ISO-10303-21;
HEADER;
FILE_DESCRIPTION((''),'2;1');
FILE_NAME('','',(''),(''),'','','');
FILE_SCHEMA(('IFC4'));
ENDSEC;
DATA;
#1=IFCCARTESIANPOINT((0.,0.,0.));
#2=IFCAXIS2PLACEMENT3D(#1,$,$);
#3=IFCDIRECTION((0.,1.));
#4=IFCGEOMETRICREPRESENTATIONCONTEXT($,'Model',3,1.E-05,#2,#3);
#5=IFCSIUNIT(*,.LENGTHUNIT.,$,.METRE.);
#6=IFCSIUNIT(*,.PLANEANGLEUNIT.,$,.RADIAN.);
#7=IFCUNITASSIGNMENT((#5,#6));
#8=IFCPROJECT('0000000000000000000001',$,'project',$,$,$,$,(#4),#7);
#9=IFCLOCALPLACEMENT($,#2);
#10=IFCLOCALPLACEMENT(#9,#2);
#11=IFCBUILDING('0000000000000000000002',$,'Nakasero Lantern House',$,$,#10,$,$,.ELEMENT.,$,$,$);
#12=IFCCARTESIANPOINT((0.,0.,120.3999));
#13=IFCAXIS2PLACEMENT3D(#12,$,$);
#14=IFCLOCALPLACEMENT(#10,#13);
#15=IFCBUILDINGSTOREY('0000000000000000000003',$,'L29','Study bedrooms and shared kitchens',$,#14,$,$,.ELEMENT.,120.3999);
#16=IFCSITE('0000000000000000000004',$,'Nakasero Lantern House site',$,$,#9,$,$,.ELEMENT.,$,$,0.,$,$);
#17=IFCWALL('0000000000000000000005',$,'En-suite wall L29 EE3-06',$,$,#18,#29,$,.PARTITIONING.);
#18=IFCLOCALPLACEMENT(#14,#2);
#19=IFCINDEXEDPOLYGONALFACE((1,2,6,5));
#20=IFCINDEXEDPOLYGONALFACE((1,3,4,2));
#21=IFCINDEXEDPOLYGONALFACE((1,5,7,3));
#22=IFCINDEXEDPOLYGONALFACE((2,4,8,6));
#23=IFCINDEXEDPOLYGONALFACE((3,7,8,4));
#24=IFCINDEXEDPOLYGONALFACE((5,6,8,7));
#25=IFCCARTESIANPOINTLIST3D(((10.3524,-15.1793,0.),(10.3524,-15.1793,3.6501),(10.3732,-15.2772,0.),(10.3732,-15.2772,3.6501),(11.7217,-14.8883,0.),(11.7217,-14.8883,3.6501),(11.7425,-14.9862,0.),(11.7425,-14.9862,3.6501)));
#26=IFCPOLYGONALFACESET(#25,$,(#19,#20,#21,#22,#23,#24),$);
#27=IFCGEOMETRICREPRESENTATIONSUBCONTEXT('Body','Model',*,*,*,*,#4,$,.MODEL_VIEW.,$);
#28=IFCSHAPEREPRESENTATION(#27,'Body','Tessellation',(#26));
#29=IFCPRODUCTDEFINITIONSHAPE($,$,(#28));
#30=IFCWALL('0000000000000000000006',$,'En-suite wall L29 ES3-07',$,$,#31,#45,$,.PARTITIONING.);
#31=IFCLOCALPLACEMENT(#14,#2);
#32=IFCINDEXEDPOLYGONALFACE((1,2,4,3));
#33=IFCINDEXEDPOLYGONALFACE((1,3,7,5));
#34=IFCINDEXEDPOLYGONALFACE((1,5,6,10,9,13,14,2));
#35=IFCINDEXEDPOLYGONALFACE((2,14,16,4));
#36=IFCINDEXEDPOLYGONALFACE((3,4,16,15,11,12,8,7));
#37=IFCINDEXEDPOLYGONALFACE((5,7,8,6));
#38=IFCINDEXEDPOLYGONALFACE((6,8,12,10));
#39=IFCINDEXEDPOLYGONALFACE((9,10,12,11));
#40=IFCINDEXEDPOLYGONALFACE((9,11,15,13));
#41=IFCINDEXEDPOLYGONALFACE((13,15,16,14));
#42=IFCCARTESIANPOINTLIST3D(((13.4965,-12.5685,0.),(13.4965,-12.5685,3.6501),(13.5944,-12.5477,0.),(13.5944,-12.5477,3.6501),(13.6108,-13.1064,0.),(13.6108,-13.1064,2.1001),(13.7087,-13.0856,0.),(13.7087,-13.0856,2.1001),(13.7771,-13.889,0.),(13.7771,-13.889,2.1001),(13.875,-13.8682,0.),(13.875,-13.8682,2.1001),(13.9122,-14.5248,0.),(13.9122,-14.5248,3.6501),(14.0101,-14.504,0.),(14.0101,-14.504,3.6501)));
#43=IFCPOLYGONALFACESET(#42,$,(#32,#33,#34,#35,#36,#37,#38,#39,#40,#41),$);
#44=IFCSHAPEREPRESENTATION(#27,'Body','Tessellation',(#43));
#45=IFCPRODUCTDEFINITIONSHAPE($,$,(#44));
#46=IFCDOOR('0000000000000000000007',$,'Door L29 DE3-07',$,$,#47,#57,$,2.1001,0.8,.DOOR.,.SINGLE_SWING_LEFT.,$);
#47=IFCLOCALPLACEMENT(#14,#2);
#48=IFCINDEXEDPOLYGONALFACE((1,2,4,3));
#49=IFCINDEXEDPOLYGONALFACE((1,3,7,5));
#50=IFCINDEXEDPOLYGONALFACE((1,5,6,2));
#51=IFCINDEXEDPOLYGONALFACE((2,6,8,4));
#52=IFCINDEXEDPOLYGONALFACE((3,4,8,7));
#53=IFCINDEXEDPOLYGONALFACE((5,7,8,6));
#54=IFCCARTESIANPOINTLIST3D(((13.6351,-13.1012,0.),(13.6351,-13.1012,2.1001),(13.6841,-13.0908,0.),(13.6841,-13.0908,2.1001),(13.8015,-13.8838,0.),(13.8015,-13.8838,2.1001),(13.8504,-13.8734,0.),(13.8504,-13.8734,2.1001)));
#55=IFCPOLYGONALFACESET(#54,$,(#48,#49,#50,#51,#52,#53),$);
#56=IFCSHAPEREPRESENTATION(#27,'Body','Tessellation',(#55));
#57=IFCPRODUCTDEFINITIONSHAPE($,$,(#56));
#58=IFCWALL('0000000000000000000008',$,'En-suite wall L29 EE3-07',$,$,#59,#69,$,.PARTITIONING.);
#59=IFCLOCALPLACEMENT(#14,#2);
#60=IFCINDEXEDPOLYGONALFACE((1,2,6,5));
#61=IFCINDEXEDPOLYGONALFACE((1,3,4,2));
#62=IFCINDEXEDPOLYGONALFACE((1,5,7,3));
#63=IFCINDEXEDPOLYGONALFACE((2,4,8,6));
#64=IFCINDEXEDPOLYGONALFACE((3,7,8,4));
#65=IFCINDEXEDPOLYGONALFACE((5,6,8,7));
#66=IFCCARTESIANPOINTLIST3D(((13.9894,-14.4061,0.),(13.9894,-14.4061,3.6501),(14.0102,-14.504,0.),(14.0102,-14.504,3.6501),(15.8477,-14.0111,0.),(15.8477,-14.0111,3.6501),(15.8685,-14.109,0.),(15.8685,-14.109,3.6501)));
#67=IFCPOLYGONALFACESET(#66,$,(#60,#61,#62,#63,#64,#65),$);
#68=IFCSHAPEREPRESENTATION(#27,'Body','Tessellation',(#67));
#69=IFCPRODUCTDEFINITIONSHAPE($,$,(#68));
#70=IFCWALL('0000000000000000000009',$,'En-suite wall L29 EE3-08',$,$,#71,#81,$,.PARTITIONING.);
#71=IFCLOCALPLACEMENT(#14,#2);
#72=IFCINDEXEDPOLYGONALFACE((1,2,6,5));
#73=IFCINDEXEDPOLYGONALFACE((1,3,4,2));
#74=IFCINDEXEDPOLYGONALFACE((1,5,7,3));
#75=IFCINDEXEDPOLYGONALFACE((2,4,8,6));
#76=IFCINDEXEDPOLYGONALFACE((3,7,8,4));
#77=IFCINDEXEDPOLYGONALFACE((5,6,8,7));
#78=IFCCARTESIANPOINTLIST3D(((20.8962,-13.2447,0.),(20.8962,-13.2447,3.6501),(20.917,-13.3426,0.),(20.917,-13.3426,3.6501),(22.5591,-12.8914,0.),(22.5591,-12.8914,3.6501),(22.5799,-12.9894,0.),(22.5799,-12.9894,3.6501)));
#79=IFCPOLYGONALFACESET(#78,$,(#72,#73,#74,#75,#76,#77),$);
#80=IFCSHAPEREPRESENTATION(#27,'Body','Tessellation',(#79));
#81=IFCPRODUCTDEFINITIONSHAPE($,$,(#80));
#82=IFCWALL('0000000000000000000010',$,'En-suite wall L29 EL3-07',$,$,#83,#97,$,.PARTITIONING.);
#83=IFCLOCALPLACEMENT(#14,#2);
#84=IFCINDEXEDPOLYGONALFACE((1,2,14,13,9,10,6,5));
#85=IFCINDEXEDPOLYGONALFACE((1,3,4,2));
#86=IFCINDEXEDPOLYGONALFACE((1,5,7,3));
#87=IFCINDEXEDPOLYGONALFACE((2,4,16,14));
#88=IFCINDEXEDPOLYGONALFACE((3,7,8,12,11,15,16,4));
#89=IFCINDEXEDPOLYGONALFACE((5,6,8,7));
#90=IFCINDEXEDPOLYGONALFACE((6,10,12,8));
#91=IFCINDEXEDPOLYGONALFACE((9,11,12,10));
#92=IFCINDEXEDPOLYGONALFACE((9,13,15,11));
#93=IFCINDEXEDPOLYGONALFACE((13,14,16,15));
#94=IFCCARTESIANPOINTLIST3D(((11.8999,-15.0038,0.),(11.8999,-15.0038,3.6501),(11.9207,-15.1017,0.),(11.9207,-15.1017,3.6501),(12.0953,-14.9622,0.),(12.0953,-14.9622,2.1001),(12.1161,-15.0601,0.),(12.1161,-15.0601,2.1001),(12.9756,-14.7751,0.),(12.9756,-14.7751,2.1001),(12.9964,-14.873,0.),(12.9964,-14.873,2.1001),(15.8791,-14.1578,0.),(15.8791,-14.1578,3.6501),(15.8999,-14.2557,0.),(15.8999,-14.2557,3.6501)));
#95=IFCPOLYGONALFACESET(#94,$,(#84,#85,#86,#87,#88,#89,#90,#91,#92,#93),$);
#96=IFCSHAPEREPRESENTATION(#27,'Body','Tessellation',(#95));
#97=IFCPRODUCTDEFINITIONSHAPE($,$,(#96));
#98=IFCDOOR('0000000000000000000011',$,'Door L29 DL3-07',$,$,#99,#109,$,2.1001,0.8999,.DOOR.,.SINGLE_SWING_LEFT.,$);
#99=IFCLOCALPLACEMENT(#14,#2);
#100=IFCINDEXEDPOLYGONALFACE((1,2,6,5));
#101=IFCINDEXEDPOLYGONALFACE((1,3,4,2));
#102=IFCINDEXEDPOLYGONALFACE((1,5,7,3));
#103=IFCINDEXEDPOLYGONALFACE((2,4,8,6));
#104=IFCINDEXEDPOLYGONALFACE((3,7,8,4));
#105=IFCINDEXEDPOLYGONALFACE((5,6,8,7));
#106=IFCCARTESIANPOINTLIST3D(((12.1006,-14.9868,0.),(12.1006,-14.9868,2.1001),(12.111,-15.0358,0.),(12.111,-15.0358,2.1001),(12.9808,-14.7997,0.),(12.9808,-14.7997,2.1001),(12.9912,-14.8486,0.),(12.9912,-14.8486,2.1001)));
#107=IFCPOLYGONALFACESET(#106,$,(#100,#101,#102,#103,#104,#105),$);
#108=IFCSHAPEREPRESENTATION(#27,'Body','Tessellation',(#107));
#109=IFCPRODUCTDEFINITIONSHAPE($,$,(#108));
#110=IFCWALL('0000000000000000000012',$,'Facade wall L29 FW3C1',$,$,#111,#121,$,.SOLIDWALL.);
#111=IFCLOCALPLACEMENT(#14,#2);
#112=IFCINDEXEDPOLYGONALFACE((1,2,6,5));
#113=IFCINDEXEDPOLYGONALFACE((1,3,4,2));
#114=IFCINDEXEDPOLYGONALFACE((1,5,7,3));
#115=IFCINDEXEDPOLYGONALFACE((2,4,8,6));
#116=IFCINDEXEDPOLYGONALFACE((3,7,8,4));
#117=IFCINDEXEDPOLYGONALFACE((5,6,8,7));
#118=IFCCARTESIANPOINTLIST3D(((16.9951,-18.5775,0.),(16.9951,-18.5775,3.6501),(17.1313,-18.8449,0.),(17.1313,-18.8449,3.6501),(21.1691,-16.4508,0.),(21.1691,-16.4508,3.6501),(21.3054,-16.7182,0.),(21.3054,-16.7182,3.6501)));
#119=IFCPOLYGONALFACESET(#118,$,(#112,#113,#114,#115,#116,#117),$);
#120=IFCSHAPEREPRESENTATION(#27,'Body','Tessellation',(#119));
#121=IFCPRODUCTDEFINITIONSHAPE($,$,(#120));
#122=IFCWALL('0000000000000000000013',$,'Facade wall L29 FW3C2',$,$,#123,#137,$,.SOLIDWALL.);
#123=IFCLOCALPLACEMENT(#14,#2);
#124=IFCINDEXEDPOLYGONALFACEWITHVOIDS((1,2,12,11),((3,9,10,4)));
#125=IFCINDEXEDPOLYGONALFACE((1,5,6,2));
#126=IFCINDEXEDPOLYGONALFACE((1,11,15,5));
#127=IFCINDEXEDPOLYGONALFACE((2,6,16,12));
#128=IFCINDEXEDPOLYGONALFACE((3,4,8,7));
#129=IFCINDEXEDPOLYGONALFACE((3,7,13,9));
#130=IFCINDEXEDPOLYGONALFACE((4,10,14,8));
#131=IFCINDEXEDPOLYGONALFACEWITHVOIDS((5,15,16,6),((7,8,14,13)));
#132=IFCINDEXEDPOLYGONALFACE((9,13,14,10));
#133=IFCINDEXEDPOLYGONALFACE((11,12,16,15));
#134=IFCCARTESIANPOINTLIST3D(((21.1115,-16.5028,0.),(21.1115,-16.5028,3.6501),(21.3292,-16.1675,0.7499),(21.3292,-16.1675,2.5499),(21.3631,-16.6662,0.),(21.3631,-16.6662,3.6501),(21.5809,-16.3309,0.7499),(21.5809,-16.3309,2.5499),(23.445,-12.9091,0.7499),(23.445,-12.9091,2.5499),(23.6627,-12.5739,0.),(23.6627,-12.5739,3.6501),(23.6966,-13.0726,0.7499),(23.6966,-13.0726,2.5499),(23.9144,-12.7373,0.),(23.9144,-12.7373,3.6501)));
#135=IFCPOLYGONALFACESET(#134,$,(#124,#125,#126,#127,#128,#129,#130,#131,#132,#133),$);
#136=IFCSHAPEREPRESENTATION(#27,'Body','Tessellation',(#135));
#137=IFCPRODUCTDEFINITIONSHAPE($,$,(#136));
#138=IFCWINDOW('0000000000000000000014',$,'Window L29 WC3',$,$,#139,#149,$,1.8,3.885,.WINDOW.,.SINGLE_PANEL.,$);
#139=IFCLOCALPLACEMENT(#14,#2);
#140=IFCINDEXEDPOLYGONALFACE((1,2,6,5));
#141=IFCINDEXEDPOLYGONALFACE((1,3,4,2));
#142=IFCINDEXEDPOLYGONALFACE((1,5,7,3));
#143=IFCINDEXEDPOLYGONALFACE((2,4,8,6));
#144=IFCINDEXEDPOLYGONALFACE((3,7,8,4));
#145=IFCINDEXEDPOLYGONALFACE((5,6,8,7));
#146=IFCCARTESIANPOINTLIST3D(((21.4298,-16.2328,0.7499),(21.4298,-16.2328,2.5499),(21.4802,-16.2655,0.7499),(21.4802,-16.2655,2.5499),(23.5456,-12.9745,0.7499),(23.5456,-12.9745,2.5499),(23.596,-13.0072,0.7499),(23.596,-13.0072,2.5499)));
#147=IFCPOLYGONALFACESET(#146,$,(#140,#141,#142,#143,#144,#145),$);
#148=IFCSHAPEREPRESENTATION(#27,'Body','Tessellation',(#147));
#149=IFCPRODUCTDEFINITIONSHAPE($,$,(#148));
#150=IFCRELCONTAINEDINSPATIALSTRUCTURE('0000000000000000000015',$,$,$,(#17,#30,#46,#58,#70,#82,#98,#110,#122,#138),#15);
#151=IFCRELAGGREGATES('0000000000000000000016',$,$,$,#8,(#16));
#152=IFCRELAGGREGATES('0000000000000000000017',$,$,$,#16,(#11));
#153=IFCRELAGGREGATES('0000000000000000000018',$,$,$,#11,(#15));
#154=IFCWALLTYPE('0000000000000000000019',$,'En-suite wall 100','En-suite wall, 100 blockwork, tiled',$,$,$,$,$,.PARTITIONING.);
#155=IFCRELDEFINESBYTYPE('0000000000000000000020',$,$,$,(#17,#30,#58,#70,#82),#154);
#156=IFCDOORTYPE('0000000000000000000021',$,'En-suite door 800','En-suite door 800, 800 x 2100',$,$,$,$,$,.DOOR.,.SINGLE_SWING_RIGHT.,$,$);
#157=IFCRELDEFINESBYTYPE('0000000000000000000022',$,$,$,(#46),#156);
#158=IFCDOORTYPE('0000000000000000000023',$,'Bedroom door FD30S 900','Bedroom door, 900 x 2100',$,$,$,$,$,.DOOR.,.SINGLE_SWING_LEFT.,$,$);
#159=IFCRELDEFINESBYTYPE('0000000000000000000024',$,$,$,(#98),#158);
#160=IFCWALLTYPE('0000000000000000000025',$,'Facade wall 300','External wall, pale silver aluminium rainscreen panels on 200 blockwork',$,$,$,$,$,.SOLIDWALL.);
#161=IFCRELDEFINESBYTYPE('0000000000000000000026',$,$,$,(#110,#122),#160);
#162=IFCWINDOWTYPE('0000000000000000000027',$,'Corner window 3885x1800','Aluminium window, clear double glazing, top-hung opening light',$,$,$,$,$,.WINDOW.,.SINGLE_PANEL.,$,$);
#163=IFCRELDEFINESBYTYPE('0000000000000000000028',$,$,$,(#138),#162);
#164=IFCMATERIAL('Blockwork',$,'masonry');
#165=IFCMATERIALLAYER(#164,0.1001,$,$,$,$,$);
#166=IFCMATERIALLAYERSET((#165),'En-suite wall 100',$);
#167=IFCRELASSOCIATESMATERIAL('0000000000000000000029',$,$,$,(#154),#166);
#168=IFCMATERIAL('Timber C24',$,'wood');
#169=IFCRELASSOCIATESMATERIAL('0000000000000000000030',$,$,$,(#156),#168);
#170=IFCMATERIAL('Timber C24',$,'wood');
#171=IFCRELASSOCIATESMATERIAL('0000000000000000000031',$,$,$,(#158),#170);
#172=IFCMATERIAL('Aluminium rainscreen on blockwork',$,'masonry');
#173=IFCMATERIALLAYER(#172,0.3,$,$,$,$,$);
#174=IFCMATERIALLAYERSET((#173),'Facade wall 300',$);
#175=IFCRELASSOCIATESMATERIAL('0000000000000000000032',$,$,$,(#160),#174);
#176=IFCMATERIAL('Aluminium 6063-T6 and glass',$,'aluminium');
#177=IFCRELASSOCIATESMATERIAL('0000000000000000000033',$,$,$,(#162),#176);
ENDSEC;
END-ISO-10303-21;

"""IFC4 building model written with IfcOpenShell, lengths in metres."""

from ifc_helpers import new_model, si_unit, direction, frame, frame_2d, origin, place, context, subcontext, project, spatial, rectangle, extrude, material, layer, layer_set, type_object, element, fill, save


model = new_model("IFC4")

# Units and contexts
model_context = context("Model", 3, precision=1e-05, world=origin(), true_north=direction((0.0, 1.0)))
body_context = subcontext(model_context, "Body", "Model", "MODEL_VIEW")
ifc_project = project(units=[si_unit("LENGTHUNIT", "METRE"), si_unit("PLANEANGLEUNIT", "RADIAN")], contexts=[model_context])

# Site, building, storey
site_placement = place(None, origin())
site = spatial("IfcSite", under=ifc_project, at=site_placement, Name="Nakasero Lantern House site", CompositionType="ELEMENT", RefElevation=0.0)
building_placement = place(site_placement, origin())
building = spatial("IfcBuilding", under=site, at=building_placement, Name="Nakasero Lantern House", CompositionType="ELEMENT")
storey_placement = place(building_placement, frame((0.0, 0.0, 120.3999)))
storey = spatial("IfcBuildingStorey", under=building, at=storey_placement, Name="L29", Description="Study bedrooms and shared kitchens", CompositionType="ELEMENT", Elevation=120.3999)

# Shared definitions
ifc_material_1 = material(Name="Blockwork", Category="masonry")
ifc_layer_1 = layer(ifc_material_1, 0.1001)
ifc_layer_set_1 = layer_set([ifc_layer_1], Name="En-suite wall 100")
wall_type_1 = type_object("IfcWallType", Name="En-suite wall 100", Description="En-suite wall, 100 blockwork, tiled", PredefinedType="PARTITIONING", material=ifc_layer_set_1)
ifc_material_2 = material(Name="Timber C24", Category="wood")
door_type_1 = type_object("IfcDoorType", Name="En-suite door 800", Description="En-suite door 800, 800 x 2100", OperationType="SINGLE_SWING_RIGHT", PredefinedType="DOOR", material=ifc_material_2)

# Wall
wall_1_placement = place(storey_placement, frame((10.3628, -15.2283, 0.0), z_axis=(0.0, 0.0, 1.0), x_axis=(0.978156, 0.207873, 0.0)))
element("IfcWall", 1, at=wall_1_placement, inside=storey, type_object=wall_type_1, Name="En-suite wall L29 EE3-06", PredefinedType="PARTITIONING", context=body_context, shape_type="SweptSolid", body=[
    extrude(rectangle(XDim=1.3999, YDim=0.1001, at=frame_2d((0.7, 0.0))), origin(), (0.0, 0.0, 1.0), 3.6501),
])

# Wall, opening, door
wall_2_placement = place(storey_placement, frame((13.5454, -12.5581, 0.0), z_axis=(0.0, 0.0, 1.0), x_axis=(0.207886, -0.978153, 0.0)))
wall_2 = element("IfcWall", 2, at=wall_2_placement, inside=storey, type_object=wall_type_1, Name="En-suite wall L29 ES3-07", PredefinedType="PARTITIONING", context=body_context, shape_type="SweptSolid", body=[
    extrude(rectangle(XDim=2.0, YDim=0.1001, at=frame_2d((1.0, 0.0))), origin(), (0.0, 0.0, 1.0), 3.6501),
])
opening_1_placement = place(wall_2_placement, frame((0.55, 0.0, 0.0)))
opening_1 = element("IfcOpeningElement", 3, at=opening_1_placement, cuts=wall_2, PredefinedType="OPENING", context=body_context, shape_type="SweptSolid", body=[
    extrude(rectangle(XDim=0.8, YDim=2.1001, at=frame_2d((0.3999, 1.05))), frame((0.0, 0.0701, 0.0), z_axis=(0.0, -1.0, 0.0), x_axis=(1.0, 0.0, 0.0)), (0.0, 0.0, 1.0), 0.1401),
])
door_1_placement = place(opening_1_placement, origin())
door_1 = element("IfcDoor", 4, at=door_1_placement, inside=storey, type_object=door_type_1, Name="Door L29 DE3-07", OperationType="SINGLE_SWING_LEFT", OverallHeight=2.1001, OverallWidth=0.8, PredefinedType="DOOR", context=body_context, shape_type="SweptSolid", body=[
    extrude(rectangle(XDim=0.8, YDim=2.1001, at=frame_2d((0.3999, 1.05))), frame((0.0, 0.0249, 0.0), z_axis=(0.0, -1.0, 0.0), x_axis=(1.0, 0.0, 0.0)), (0.0, 0.0, 1.0), 0.05),
])
fill(opening_1, door_1)

# Walls
wall_3_placement = place(storey_placement, frame((13.9998, -14.4551, 0.0), z_axis=(0.0, 0.0, 1.0), x_axis=(0.978147, 0.207914, 0.0)))
element("IfcWall", 5, at=wall_3_placement, inside=storey, type_object=wall_type_1, Name="En-suite wall L29 EE3-07", PredefinedType="PARTITIONING", context=body_context, shape_type="SweptSolid", body=[
    extrude(rectangle(XDim=1.8999, YDim=0.1001, at=frame_2d((0.95, 0.0))), origin(), (0.0, 0.0, 1.0), 3.6501),
])
wall_4_placement = place(storey_placement, frame((20.9065, -13.2937, 0.0), z_axis=(0.0, 0.0, 1.0), x_axis=(0.978169, 0.207812, 0.0)))
element("IfcWall", 6, at=wall_4_placement, inside=storey, type_object=wall_type_1, Name="En-suite wall L29 EE3-08", PredefinedType="PARTITIONING", context=body_context, shape_type="SweptSolid", body=[
    extrude(rectangle(XDim=1.7, YDim=0.1001, at=frame_2d((0.8501, 0.0))), origin(), (0.0, 0.0, 1.0), 3.6501),
])

# Wall, opening, door
wall_5_placement = place(storey_placement, frame((11.9102, -15.0527, 0.0), z_axis=(0.0, 0.0, 1.0), x_axis=(0.978141, 0.207943, 0.0)))
wall_5 = element("IfcWall", 7, at=wall_5_placement, inside=storey, type_object=wall_type_1, Name="En-suite wall L29 EL3-07", PredefinedType="PARTITIONING", context=body_context, shape_type="SweptSolid", body=[
    extrude(rectangle(XDim=4.0681, YDim=0.1001, at=frame_2d((2.0342, 0.0))), origin(), (0.0, 0.0, 1.0), 3.6501),
])
opening_2_placement = place(wall_5_placement, frame((0.2, 0.0, 0.0)))
opening_2 = element("IfcOpeningElement", 8, at=opening_2_placement, cuts=wall_5, PredefinedType="OPENING", context=body_context, shape_type="SweptSolid", body=[
    extrude(rectangle(XDim=0.8999, YDim=2.1001, at=frame_2d((0.45, 1.05))), frame((0.0, 0.0701, 0.0), z_axis=(0.0, -1.0, 0.0), x_axis=(1.0, 0.0, 0.0)), (0.0, 0.0, 1.0), 0.1401),
])
ifc_material_3 = material(Name="Timber C24", Category="wood")
door_type_2 = type_object("IfcDoorType", Name="Bedroom door FD30S 900", Description="Bedroom door, 900 x 2100", OperationType="SINGLE_SWING_LEFT", PredefinedType="DOOR", material=ifc_material_3)
door_2_placement = place(opening_2_placement, origin())
door_2 = element("IfcDoor", 9, at=door_2_placement, inside=storey, type_object=door_type_2, Name="Door L29 DL3-07", OperationType="SINGLE_SWING_LEFT", OverallHeight=2.1001, OverallWidth=0.8999, PredefinedType="DOOR", context=body_context, shape_type="SweptSolid", body=[
    extrude(rectangle(XDim=0.8999, YDim=2.1001, at=frame_2d((0.45, 1.05))), frame((0.0, 0.0249, 0.0), z_axis=(0.0, -1.0, 0.0), x_axis=(1.0, 0.0, 0.0)), (0.0, 0.0, 1.0), 0.05),
])
fill(opening_2, door_2)

# Wall
ifc_material_4 = material(Name="Aluminium rainscreen on blockwork", Category="masonry")
ifc_layer_2 = layer(ifc_material_4, 0.3)
ifc_layer_set_2 = layer_set([ifc_layer_2], Name="Facade wall 300")
wall_type_2 = type_object("IfcWallType", Name="Facade wall 300", Description="External wall, pale silver aluminium rainscreen panels on 200 blockwork", PredefinedType="SOLIDWALL", material=ifc_layer_set_2)
wall_6_placement = place(storey_placement, frame((17.0632, -18.7112, 0.0), z_axis=(0.0, 0.0, 1.0), x_axis=(0.891014, 0.453976, 0.0)))
element("IfcWall", 10, at=wall_6_placement, inside=storey, type_object=wall_type_2, Name="Facade wall L29 FW3C1", PredefinedType="SOLIDWALL", context=body_context, shape_type="SweptSolid", body=[
    extrude(rectangle(XDim=4.6846, YDim=0.3, at=frame_2d((2.3423, 0.0))), origin(), (0.0, 0.0, 1.0), 3.6501),
])

# Wall, opening, window
wall_7_placement = place(storey_placement, frame((21.2373, -16.5845, 0.0), z_axis=(0.0, 0.0, 1.0), x_axis=(0.544605, 0.838692, 0.0)))
wall_7 = element("IfcWall", 11, at=wall_7_placement, inside=storey, type_object=wall_type_2, Name="Facade wall L29 FW3C2", PredefinedType="SOLIDWALL", context=body_context, shape_type="SweptSolid", body=[
    extrude(rectangle(XDim=4.6846, YDim=0.3, at=frame_2d((2.3423, 0.0))), origin(), (0.0, 0.0, 1.0), 3.6501),
])
opening_3_placement = place(wall_7_placement, frame((0.3999, 0.0, 0.75)))
opening_3 = element("IfcOpeningElement", 12, at=opening_3_placement, cuts=wall_7, PredefinedType="OPENING", context=body_context, shape_type="SweptSolid", body=[
    extrude(rectangle(XDim=3.885, YDim=1.8, at=frame_2d((1.9424, 0.8999))), frame((0.0, 0.1699, 0.0), z_axis=(0.0, -1.0, 0.0), x_axis=(1.0, 0.0, 0.0)), (0.0, 0.0, 1.0), 0.3401),
])
ifc_material_5 = material(Name="Aluminium 6063-T6 and glass", Category="aluminium")
window_type_1 = type_object("IfcWindowType", Name="Corner window 3885x1800", Description="Aluminium window, clear double glazing, top-hung opening light", PartitioningType="SINGLE_PANEL", PredefinedType="WINDOW", material=ifc_material_5)
window_1_placement = place(opening_3_placement, origin())
window_1 = element("IfcWindow", 13, at=window_1_placement, inside=storey, type_object=window_type_1, Name="Window L29 WC3", OverallHeight=1.8, OverallWidth=3.885, PartitioningType="SINGLE_PANEL", PredefinedType="WINDOW", context=body_context, shape_type="SweptSolid", body=[
    extrude(rectangle(XDim=3.885, YDim=1.8, at=frame_2d((1.9424, 0.8999))), frame((0.0, 0.03, 0.0), z_axis=(0.0, -1.0, 0.0), x_axis=(1.0, 0.0, 0.0)), (0.0, 0.0, 1.0), 0.0601),
])
fill(opening_3, window_1)

save(model, "model.ifc")
